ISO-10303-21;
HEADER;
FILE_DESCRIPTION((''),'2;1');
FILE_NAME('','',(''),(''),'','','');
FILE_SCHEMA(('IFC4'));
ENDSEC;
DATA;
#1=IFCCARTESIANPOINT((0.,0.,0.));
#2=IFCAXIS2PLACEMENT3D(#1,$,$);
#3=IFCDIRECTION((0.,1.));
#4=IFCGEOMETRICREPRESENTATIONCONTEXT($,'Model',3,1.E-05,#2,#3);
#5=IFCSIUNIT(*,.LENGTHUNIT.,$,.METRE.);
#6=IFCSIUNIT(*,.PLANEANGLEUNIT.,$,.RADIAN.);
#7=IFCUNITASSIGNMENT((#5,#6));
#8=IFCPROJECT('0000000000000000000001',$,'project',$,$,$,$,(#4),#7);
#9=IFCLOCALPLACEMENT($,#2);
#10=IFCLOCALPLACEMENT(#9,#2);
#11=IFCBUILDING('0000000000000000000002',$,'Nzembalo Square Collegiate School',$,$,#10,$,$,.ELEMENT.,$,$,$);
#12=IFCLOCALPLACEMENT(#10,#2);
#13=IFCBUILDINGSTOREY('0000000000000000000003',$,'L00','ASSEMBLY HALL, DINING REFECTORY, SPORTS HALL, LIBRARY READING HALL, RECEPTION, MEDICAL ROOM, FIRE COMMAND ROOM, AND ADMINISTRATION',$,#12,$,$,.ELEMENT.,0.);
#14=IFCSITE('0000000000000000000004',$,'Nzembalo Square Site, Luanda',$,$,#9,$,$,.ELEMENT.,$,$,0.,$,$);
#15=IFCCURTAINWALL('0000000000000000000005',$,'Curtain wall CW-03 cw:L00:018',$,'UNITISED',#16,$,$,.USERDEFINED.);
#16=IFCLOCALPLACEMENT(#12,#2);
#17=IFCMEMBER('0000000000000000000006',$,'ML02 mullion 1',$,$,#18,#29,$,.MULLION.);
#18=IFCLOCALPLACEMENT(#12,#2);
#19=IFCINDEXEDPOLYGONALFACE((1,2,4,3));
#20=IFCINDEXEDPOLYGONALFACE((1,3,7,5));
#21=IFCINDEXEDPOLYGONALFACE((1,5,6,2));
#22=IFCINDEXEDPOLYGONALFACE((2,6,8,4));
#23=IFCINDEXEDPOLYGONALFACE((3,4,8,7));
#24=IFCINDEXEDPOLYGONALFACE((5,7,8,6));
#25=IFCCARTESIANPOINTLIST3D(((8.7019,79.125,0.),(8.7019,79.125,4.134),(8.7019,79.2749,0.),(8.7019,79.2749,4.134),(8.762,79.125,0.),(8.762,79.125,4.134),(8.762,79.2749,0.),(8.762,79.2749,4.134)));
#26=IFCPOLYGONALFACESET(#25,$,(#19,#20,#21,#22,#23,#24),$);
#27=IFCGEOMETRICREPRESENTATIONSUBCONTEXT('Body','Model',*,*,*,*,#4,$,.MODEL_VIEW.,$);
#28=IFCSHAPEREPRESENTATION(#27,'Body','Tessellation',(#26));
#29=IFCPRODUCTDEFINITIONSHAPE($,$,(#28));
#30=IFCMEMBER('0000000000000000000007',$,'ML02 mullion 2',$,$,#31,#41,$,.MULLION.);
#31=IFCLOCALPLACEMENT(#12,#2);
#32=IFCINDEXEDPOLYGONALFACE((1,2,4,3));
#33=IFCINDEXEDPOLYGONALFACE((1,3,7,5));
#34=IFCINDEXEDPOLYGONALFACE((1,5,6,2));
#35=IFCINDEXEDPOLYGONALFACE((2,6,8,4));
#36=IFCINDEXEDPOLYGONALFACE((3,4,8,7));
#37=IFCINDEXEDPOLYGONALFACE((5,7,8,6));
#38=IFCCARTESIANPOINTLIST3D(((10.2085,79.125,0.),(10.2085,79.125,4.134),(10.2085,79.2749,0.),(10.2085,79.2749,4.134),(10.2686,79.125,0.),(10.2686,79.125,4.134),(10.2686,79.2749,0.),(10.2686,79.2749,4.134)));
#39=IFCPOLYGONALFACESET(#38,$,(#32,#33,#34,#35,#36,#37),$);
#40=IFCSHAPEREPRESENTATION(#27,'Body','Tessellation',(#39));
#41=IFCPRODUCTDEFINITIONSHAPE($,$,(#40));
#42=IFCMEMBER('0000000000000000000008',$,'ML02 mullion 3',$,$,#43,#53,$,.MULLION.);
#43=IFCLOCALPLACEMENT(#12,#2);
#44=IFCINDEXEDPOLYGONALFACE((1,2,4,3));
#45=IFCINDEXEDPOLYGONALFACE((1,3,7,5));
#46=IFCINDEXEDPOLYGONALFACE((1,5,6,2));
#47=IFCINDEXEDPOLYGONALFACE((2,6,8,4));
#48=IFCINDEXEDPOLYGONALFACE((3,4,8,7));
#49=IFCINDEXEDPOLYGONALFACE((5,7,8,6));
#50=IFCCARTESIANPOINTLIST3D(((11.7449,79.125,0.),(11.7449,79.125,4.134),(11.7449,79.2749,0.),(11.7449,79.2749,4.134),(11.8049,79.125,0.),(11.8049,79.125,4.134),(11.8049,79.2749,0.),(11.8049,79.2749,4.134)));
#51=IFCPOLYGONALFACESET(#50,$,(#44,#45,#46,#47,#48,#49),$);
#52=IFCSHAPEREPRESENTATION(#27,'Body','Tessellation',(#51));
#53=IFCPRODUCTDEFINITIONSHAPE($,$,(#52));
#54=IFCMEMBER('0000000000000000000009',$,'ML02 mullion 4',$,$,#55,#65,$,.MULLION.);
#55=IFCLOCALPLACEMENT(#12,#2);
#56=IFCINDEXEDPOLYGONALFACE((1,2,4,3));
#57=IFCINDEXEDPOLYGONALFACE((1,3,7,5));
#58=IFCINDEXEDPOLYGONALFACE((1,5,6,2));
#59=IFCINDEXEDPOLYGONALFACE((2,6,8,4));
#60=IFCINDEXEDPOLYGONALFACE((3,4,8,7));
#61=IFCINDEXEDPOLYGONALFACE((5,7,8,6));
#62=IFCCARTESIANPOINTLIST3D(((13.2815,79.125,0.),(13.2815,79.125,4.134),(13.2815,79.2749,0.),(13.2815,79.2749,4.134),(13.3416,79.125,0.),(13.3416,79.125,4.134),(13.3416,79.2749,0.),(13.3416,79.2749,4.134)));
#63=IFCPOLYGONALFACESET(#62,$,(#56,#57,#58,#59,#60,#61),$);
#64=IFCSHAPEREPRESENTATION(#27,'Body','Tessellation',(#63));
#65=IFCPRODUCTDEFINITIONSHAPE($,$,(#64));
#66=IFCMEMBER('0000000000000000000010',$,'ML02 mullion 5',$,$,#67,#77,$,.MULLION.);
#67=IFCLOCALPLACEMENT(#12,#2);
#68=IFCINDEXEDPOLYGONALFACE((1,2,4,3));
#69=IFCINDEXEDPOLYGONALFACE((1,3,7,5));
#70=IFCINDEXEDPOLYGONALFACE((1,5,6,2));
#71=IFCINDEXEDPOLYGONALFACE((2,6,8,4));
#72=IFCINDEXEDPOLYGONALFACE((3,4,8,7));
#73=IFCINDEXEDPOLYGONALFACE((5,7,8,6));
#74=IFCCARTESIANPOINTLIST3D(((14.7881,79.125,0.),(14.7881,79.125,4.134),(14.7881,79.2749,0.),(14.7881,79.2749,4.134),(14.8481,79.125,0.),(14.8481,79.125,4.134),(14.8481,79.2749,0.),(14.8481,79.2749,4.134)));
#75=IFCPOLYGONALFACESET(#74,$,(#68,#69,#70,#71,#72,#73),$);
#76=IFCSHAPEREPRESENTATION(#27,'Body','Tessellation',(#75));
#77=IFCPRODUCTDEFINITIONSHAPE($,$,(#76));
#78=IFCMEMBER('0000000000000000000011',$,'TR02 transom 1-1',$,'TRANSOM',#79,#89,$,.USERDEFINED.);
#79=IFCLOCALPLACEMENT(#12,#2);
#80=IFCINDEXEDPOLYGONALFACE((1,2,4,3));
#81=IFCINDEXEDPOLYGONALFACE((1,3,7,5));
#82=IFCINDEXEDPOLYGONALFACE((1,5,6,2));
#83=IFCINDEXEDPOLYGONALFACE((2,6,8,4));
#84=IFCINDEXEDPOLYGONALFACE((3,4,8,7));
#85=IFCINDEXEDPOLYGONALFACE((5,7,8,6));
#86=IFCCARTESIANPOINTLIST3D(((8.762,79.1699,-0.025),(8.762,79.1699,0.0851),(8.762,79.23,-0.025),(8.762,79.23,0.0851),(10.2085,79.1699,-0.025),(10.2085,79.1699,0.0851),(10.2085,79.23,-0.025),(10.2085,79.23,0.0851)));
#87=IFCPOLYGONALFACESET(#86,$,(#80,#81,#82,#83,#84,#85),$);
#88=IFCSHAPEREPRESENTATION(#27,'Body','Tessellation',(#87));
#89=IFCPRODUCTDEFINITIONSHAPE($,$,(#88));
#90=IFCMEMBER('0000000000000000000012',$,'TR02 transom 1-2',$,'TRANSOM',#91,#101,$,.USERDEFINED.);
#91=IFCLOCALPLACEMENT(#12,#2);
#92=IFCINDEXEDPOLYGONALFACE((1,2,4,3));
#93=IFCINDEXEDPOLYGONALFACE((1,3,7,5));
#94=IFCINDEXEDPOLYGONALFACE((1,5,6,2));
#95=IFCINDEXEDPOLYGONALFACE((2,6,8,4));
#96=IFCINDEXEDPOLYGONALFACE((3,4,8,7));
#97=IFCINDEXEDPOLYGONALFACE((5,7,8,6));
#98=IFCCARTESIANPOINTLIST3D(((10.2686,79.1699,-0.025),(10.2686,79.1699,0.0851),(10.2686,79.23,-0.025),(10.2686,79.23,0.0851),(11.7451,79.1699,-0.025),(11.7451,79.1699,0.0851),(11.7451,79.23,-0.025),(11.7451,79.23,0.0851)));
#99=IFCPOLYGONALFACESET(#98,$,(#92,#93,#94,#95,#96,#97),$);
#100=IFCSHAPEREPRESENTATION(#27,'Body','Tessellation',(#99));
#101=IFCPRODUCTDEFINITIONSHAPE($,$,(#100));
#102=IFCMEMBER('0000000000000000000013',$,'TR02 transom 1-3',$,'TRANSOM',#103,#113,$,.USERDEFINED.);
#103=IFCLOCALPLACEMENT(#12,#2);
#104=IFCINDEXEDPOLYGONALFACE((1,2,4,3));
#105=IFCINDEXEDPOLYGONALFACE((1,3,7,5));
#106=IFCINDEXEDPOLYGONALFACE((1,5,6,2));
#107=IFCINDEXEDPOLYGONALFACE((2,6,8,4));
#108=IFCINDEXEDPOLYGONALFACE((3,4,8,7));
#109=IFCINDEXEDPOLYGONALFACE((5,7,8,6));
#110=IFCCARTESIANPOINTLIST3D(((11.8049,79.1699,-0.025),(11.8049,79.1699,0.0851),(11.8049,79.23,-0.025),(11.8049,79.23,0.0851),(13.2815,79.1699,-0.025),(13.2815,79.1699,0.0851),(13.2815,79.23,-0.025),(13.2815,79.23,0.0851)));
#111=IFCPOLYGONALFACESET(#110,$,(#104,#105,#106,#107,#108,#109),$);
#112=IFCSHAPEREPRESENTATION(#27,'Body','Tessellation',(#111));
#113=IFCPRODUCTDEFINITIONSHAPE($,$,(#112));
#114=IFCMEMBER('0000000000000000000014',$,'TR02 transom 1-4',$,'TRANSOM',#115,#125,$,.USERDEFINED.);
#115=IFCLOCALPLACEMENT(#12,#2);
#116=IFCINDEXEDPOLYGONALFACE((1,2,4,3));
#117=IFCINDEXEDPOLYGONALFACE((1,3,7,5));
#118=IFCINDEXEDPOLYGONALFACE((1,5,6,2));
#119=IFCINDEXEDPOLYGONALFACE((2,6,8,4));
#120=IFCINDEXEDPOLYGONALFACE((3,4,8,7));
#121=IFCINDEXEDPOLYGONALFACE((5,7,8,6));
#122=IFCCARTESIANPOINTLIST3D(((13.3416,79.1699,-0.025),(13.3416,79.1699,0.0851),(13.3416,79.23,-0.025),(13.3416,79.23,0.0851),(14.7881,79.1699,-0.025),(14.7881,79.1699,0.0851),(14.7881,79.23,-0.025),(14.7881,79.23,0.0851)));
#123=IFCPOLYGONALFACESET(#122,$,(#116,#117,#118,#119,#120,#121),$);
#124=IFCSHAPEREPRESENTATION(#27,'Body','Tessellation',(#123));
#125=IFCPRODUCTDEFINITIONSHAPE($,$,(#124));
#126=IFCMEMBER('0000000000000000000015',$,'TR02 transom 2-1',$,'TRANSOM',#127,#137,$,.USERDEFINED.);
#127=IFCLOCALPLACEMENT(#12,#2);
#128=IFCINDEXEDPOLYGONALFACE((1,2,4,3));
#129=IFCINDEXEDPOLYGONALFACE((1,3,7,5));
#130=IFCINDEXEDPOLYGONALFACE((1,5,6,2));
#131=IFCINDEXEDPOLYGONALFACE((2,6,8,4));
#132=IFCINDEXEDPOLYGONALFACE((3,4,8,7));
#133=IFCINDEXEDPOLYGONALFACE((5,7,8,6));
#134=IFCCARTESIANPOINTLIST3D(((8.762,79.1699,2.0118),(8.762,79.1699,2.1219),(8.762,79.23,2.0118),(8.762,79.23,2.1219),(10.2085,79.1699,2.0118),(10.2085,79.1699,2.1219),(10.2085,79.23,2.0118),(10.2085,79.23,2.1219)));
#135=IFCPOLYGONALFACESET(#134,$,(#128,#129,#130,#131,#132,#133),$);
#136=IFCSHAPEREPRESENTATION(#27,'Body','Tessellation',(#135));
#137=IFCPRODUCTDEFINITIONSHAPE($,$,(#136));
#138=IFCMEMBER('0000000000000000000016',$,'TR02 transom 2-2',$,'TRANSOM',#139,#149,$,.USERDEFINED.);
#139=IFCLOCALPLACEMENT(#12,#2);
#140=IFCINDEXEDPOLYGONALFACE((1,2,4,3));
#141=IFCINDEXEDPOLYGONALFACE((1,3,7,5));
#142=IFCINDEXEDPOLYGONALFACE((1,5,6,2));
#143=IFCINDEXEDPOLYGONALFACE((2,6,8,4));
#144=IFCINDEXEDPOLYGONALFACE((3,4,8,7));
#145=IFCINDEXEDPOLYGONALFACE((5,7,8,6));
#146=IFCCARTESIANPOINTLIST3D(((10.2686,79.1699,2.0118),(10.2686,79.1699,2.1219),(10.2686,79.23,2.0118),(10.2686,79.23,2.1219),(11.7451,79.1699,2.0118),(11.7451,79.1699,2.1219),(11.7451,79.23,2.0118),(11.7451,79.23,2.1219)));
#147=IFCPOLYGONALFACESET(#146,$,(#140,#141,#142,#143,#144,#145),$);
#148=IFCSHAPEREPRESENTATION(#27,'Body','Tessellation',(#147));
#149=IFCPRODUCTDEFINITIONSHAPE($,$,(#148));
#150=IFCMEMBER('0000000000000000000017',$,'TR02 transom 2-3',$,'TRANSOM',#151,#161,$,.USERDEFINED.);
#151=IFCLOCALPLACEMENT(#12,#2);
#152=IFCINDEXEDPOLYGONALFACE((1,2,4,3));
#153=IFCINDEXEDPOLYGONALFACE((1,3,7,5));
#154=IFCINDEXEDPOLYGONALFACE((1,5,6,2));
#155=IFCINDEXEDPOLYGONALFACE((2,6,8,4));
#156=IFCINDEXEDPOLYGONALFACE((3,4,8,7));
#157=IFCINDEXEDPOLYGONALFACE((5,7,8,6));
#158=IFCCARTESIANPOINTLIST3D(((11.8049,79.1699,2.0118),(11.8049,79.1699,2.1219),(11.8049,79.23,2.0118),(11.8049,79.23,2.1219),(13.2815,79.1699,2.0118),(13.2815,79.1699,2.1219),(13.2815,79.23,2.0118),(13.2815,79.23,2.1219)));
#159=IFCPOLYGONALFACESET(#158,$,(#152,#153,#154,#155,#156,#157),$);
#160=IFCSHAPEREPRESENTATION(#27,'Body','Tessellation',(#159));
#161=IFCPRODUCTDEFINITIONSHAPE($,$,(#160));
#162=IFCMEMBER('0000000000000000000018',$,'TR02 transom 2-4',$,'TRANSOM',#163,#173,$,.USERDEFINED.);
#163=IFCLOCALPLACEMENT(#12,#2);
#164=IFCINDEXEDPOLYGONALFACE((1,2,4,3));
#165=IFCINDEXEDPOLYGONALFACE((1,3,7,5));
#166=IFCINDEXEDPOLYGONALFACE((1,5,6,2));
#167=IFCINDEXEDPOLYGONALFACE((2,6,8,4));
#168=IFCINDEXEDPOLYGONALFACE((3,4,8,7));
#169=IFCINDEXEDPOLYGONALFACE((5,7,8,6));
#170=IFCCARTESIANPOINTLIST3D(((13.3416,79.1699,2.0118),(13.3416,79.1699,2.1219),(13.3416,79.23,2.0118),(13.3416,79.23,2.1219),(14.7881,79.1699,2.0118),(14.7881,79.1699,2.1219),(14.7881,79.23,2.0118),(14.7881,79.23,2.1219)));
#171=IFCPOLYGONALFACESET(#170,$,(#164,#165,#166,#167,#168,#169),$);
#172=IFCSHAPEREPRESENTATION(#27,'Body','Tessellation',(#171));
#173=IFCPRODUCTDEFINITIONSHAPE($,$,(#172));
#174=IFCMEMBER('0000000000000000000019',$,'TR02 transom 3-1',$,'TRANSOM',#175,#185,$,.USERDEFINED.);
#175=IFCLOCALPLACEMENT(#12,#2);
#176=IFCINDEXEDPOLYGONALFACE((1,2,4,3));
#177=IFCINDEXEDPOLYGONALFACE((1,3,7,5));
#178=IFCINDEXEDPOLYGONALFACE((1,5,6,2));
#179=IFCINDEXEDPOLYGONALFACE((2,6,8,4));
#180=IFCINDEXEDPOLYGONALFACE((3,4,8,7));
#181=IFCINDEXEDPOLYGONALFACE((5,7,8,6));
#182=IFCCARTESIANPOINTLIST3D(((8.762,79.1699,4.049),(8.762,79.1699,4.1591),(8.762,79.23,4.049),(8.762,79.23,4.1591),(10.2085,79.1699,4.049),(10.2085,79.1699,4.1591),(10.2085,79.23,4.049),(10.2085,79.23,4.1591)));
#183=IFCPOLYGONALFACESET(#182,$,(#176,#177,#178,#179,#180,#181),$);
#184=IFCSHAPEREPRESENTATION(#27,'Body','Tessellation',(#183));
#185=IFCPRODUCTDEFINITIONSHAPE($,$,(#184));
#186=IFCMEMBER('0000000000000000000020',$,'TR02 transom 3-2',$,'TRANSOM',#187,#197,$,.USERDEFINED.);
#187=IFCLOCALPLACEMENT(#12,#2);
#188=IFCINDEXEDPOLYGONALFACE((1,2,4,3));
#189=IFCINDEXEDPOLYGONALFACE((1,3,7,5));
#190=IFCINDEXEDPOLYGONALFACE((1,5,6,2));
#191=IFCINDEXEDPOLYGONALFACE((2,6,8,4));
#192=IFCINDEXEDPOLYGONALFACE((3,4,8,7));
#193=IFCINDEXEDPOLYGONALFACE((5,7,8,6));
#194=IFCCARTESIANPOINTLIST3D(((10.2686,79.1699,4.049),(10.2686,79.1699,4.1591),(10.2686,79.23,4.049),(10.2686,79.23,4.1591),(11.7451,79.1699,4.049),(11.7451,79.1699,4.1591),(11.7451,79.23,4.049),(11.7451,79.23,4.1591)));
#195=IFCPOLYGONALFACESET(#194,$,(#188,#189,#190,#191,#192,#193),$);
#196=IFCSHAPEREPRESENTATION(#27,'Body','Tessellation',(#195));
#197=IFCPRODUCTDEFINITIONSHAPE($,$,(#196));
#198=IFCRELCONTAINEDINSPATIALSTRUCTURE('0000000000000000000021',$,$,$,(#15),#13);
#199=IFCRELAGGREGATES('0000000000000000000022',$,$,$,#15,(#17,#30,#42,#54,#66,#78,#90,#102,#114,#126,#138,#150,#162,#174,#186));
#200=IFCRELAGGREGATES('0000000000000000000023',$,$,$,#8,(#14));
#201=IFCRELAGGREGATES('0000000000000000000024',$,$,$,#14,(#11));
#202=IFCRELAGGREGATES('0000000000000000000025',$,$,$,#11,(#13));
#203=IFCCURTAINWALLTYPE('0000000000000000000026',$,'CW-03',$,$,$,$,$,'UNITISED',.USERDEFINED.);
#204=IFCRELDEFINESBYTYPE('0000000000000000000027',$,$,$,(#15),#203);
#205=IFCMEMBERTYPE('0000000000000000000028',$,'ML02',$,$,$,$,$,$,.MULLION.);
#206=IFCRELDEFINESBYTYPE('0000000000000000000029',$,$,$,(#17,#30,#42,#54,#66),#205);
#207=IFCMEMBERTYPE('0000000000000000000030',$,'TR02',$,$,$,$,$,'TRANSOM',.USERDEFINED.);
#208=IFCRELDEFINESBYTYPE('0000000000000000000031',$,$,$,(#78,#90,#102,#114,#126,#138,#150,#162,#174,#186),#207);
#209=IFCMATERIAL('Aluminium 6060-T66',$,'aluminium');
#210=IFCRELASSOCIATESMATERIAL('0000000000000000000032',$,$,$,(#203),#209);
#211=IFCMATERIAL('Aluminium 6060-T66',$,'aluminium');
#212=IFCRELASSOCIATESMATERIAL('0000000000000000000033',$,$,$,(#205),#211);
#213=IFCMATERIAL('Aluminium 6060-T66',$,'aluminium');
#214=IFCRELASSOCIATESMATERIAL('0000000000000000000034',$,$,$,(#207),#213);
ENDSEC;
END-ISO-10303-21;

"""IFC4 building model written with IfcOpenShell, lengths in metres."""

from ifc_helpers import new_model, si_unit, direction, frame, origin, origin_2d, place, context, subcontext, project, spatial, rectangle, extrude, material, material_profile, profile_set, type_object, element, aggregate, save


model = new_model("IFC4")

# Units and contexts
model_context = context("Model", 3, precision=1e-05, world=origin(), true_north=direction((0.0, 1.0)))
body_context = subcontext(model_context, "Body", "Model", "MODEL_VIEW")
ifc_project = project(units=[si_unit("LENGTHUNIT", "METRE"), si_unit("PLANEANGLEUNIT", "RADIAN")], contexts=[model_context])

# Site, building, storey
site_placement = place(None, origin())
site = spatial("IfcSite", under=ifc_project, at=site_placement, Name="Nzembalo Square Site, Luanda", CompositionType="ELEMENT", RefElevation=0.0)
building_placement = place(site_placement, origin())
building = spatial("IfcBuilding", under=site, at=building_placement, Name="Nzembalo Square Collegiate School", CompositionType="ELEMENT")
storey_placement = place(building_placement, origin())
storey = spatial("IfcBuildingStorey", under=building, at=storey_placement, Name="L00", Description="ASSEMBLY HALL, DINING REFECTORY, SPORTS HALL, LIBRARY READING HALL, RECEPTION, MEDICAL ROOM, FIRE COMMAND ROOM, AND ADMINISTRATION", CompositionType="ELEMENT", Elevation=0.0)

# Curtain wall, members
ifc_material_1 = material(Name="Aluminium 6060-T66", Category="aluminium")
curtain_wall_type = type_object("IfcCurtainWallType", Name="CW-03", ElementType="UNITISED", PredefinedType="USERDEFINED", material=ifc_material_1)
curtain_wall_placement = place(storey_placement, origin())
curtain_wall = element("IfcCurtainWall", 1, at=curtain_wall_placement, inside=storey, type_object=curtain_wall_type, Name="Curtain wall CW-03 cw:L00:018", ObjectType="UNITISED", PredefinedType="USERDEFINED")
ifc_material_2 = material(Name="Aluminium 6060-T66", Category="aluminium")
ifc_material_profile_1 = material_profile(ifc_material_2, rectangle(XDim=0.0601, YDim=0.1499, at=origin_2d()), Name="ALU M60x150")
ifc_profile_set_1 = profile_set([ifc_material_profile_1], Name="Aluminium 6060-T66")
member_type_1 = type_object("IfcMemberType", Name="ML02", PredefinedType="MULLION", material=ifc_profile_set_1)
member_1_placement = place(storey_placement, frame((8.7319, 79.2, 0.0), z_axis=(0.0, 0.0, 1.0), x_axis=(1.0, 0.0, 0.0)))
member_1 = element("IfcMember", 2, at=member_1_placement, type_object=member_type_1, Name="ML02 mullion 1", PredefinedType="MULLION", context=body_context, shape_type="SweptSolid", body=[
    extrude(rectangle(XDim=0.0601, YDim=0.1499, at=origin_2d()), origin(), (0.0, 0.0, 1.0), 4.134),
])
member_2_placement = place(storey_placement, frame((10.2385, 79.2, 0.0), z_axis=(0.0, 0.0, 1.0), x_axis=(1.0, 0.0, 0.0)))
member_2 = element("IfcMember", 3, at=member_2_placement, type_object=member_type_1, Name="ML02 mullion 2", PredefinedType="MULLION", context=body_context, shape_type="SweptSolid", body=[
    extrude(rectangle(XDim=0.0601, YDim=0.1499, at=origin_2d()), origin(), (0.0, 0.0, 1.0), 4.134),
])
member_3_placement = place(storey_placement, frame((11.7749, 79.2, 0.0), z_axis=(0.0, 0.0, 1.0), x_axis=(1.0, 0.0, 0.0)))
member_3 = element("IfcMember", 4, at=member_3_placement, type_object=member_type_1, Name="ML02 mullion 3", PredefinedType="MULLION", context=body_context, shape_type="SweptSolid", body=[
    extrude(rectangle(XDim=0.0601, YDim=0.1499, at=origin_2d()), origin(), (0.0, 0.0, 1.0), 4.134),
])
member_4_placement = place(storey_placement, frame((13.3115, 79.2, 0.0), z_axis=(0.0, 0.0, 1.0), x_axis=(1.0, 0.0, 0.0)))
member_4 = element("IfcMember", 5, at=member_4_placement, type_object=member_type_1, Name="ML02 mullion 4", PredefinedType="MULLION", context=body_context, shape_type="SweptSolid", body=[
    extrude(rectangle(XDim=0.0601, YDim=0.1499, at=origin_2d()), origin(), (0.0, 0.0, 1.0), 4.134),
])
member_5_placement = place(storey_placement, frame((14.8181, 79.2, 0.0), z_axis=(0.0, 0.0, 1.0), x_axis=(1.0, 0.0, 0.0)))
member_5 = element("IfcMember", 6, at=member_5_placement, type_object=member_type_1, Name="ML02 mullion 5", PredefinedType="MULLION", context=body_context, shape_type="SweptSolid", body=[
    extrude(rectangle(XDim=0.0601, YDim=0.1499, at=origin_2d()), origin(), (0.0, 0.0, 1.0), 4.134),
])
ifc_material_3 = material(Name="Aluminium 6060-T66", Category="aluminium")
ifc_material_profile_2 = material_profile(ifc_material_3, rectangle(XDim=0.0601, YDim=0.1101, at=origin_2d()), Name="ALU T60x110")
ifc_profile_set_2 = profile_set([ifc_material_profile_2], Name="Aluminium 6060-T66")
member_type_2 = type_object("IfcMemberType", Name="TR02", ElementType="TRANSOM", PredefinedType="USERDEFINED", material=ifc_profile_set_2)
member_6_placement = place(storey_placement, frame((8.762, 79.2, 0.03), z_axis=(1.0, 0.0, 0.0), x_axis=(0.0, 1.0, 0.0)))
member_6 = element("IfcMember", 7, at=member_6_placement, type_object=member_type_2, Name="TR02 transom 1-1", ObjectType="TRANSOM", PredefinedType="USERDEFINED", context=body_context, shape_type="SweptSolid", body=[
    extrude(rectangle(XDim=0.0601, YDim=0.1101, at=origin_2d()), origin(), (0.0, 0.0, 1.0), 1.4465),
])
member_7_placement = place(storey_placement, frame((10.2686, 79.2, 0.03), z_axis=(1.0, 0.0, 0.0), x_axis=(0.0, 1.0, 0.0)))
member_7 = element("IfcMember", 8, at=member_7_placement, type_object=member_type_2, Name="TR02 transom 1-2", ObjectType="TRANSOM", PredefinedType="USERDEFINED", context=body_context, shape_type="SweptSolid", body=[
    extrude(rectangle(XDim=0.0601, YDim=0.1101, at=origin_2d()), origin(), (0.0, 0.0, 1.0), 1.4766),
])
member_8_placement = place(storey_placement, frame((11.8049, 79.2, 0.03), z_axis=(1.0, 0.0, 0.0), x_axis=(0.0, 1.0, 0.0)))
member_8 = element("IfcMember", 9, at=member_8_placement, type_object=member_type_2, Name="TR02 transom 1-3", ObjectType="TRANSOM", PredefinedType="USERDEFINED", context=body_context, shape_type="SweptSolid", body=[
    extrude(rectangle(XDim=0.0601, YDim=0.1101, at=origin_2d()), origin(), (0.0, 0.0, 1.0), 1.4766),
])
member_9_placement = place(storey_placement, frame((13.3416, 79.2, 0.03), z_axis=(1.0, 0.0, 0.0), x_axis=(0.0, 1.0, 0.0)))
member_9 = element("IfcMember", 10, at=member_9_placement, type_object=member_type_2, Name="TR02 transom 1-4", ObjectType="TRANSOM", PredefinedType="USERDEFINED", context=body_context, shape_type="SweptSolid", body=[
    extrude(rectangle(XDim=0.0601, YDim=0.1101, at=origin_2d()), origin(), (0.0, 0.0, 1.0), 1.4465),
])
member_10_placement = place(storey_placement, frame((8.762, 79.2, 2.0669), z_axis=(1.0, 0.0, 0.0), x_axis=(0.0, 1.0, 0.0)))
member_10 = element("IfcMember", 11, at=member_10_placement, type_object=member_type_2, Name="TR02 transom 2-1", ObjectType="TRANSOM", PredefinedType="USERDEFINED", context=body_context, shape_type="SweptSolid", body=[
    extrude(rectangle(XDim=0.0601, YDim=0.1101, at=origin_2d()), origin(), (0.0, 0.0, 1.0), 1.4465),
])
member_11_placement = place(storey_placement, frame((10.2686, 79.2, 2.0669), z_axis=(1.0, 0.0, 0.0), x_axis=(0.0, 1.0, 0.0)))
member_11 = element("IfcMember", 12, at=member_11_placement, type_object=member_type_2, Name="TR02 transom 2-2", ObjectType="TRANSOM", PredefinedType="USERDEFINED", context=body_context, shape_type="SweptSolid", body=[
    extrude(rectangle(XDim=0.0601, YDim=0.1101, at=origin_2d()), origin(), (0.0, 0.0, 1.0), 1.4766),
])
member_12_placement = place(storey_placement, frame((11.8049, 79.2, 2.0669), z_axis=(1.0, 0.0, 0.0), x_axis=(0.0, 1.0, 0.0)))
member_12 = element("IfcMember", 13, at=member_12_placement, type_object=member_type_2, Name="TR02 transom 2-3", ObjectType="TRANSOM", PredefinedType="USERDEFINED", context=body_context, shape_type="SweptSolid", body=[
    extrude(rectangle(XDim=0.0601, YDim=0.1101, at=origin_2d()), origin(), (0.0, 0.0, 1.0), 1.4766),
])
member_13_placement = place(storey_placement, frame((13.3416, 79.2, 2.0669), z_axis=(1.0, 0.0, 0.0), x_axis=(0.0, 1.0, 0.0)))
member_13 = element("IfcMember", 14, at=member_13_placement, type_object=member_type_2, Name="TR02 transom 2-4", ObjectType="TRANSOM", PredefinedType="USERDEFINED", context=body_context, shape_type="SweptSolid", body=[
    extrude(rectangle(XDim=0.0601, YDim=0.1101, at=origin_2d()), origin(), (0.0, 0.0, 1.0), 1.4465),
])
member_14_placement = place(storey_placement, frame((8.762, 79.2, 4.104), z_axis=(1.0, 0.0, 0.0), x_axis=(0.0, 1.0, 0.0)))
member_14 = element("IfcMember", 15, at=member_14_placement, type_object=member_type_2, Name="TR02 transom 3-1", ObjectType="TRANSOM", PredefinedType="USERDEFINED", context=body_context, shape_type="SweptSolid", body=[
    extrude(rectangle(XDim=0.0601, YDim=0.1101, at=origin_2d()), origin(), (0.0, 0.0, 1.0), 1.4465),
])
member_15_placement = place(storey_placement, frame((10.2686, 79.2, 4.104), z_axis=(1.0, 0.0, 0.0), x_axis=(0.0, 1.0, 0.0)))
member_15 = element("IfcMember", 16, at=member_15_placement, type_object=member_type_2, Name="TR02 transom 3-2", ObjectType="TRANSOM", PredefinedType="USERDEFINED", context=body_context, shape_type="SweptSolid", body=[
    extrude(rectangle(XDim=0.0601, YDim=0.1101, at=origin_2d()), origin(), (0.0, 0.0, 1.0), 1.4766),
])
aggregate(curtain_wall, [member_1, member_2, member_3, member_4, member_5, member_6, member_7, member_8, member_9, member_10, member_11, member_12, member_13, member_14, member_15])

save(model, "model.ifc")
